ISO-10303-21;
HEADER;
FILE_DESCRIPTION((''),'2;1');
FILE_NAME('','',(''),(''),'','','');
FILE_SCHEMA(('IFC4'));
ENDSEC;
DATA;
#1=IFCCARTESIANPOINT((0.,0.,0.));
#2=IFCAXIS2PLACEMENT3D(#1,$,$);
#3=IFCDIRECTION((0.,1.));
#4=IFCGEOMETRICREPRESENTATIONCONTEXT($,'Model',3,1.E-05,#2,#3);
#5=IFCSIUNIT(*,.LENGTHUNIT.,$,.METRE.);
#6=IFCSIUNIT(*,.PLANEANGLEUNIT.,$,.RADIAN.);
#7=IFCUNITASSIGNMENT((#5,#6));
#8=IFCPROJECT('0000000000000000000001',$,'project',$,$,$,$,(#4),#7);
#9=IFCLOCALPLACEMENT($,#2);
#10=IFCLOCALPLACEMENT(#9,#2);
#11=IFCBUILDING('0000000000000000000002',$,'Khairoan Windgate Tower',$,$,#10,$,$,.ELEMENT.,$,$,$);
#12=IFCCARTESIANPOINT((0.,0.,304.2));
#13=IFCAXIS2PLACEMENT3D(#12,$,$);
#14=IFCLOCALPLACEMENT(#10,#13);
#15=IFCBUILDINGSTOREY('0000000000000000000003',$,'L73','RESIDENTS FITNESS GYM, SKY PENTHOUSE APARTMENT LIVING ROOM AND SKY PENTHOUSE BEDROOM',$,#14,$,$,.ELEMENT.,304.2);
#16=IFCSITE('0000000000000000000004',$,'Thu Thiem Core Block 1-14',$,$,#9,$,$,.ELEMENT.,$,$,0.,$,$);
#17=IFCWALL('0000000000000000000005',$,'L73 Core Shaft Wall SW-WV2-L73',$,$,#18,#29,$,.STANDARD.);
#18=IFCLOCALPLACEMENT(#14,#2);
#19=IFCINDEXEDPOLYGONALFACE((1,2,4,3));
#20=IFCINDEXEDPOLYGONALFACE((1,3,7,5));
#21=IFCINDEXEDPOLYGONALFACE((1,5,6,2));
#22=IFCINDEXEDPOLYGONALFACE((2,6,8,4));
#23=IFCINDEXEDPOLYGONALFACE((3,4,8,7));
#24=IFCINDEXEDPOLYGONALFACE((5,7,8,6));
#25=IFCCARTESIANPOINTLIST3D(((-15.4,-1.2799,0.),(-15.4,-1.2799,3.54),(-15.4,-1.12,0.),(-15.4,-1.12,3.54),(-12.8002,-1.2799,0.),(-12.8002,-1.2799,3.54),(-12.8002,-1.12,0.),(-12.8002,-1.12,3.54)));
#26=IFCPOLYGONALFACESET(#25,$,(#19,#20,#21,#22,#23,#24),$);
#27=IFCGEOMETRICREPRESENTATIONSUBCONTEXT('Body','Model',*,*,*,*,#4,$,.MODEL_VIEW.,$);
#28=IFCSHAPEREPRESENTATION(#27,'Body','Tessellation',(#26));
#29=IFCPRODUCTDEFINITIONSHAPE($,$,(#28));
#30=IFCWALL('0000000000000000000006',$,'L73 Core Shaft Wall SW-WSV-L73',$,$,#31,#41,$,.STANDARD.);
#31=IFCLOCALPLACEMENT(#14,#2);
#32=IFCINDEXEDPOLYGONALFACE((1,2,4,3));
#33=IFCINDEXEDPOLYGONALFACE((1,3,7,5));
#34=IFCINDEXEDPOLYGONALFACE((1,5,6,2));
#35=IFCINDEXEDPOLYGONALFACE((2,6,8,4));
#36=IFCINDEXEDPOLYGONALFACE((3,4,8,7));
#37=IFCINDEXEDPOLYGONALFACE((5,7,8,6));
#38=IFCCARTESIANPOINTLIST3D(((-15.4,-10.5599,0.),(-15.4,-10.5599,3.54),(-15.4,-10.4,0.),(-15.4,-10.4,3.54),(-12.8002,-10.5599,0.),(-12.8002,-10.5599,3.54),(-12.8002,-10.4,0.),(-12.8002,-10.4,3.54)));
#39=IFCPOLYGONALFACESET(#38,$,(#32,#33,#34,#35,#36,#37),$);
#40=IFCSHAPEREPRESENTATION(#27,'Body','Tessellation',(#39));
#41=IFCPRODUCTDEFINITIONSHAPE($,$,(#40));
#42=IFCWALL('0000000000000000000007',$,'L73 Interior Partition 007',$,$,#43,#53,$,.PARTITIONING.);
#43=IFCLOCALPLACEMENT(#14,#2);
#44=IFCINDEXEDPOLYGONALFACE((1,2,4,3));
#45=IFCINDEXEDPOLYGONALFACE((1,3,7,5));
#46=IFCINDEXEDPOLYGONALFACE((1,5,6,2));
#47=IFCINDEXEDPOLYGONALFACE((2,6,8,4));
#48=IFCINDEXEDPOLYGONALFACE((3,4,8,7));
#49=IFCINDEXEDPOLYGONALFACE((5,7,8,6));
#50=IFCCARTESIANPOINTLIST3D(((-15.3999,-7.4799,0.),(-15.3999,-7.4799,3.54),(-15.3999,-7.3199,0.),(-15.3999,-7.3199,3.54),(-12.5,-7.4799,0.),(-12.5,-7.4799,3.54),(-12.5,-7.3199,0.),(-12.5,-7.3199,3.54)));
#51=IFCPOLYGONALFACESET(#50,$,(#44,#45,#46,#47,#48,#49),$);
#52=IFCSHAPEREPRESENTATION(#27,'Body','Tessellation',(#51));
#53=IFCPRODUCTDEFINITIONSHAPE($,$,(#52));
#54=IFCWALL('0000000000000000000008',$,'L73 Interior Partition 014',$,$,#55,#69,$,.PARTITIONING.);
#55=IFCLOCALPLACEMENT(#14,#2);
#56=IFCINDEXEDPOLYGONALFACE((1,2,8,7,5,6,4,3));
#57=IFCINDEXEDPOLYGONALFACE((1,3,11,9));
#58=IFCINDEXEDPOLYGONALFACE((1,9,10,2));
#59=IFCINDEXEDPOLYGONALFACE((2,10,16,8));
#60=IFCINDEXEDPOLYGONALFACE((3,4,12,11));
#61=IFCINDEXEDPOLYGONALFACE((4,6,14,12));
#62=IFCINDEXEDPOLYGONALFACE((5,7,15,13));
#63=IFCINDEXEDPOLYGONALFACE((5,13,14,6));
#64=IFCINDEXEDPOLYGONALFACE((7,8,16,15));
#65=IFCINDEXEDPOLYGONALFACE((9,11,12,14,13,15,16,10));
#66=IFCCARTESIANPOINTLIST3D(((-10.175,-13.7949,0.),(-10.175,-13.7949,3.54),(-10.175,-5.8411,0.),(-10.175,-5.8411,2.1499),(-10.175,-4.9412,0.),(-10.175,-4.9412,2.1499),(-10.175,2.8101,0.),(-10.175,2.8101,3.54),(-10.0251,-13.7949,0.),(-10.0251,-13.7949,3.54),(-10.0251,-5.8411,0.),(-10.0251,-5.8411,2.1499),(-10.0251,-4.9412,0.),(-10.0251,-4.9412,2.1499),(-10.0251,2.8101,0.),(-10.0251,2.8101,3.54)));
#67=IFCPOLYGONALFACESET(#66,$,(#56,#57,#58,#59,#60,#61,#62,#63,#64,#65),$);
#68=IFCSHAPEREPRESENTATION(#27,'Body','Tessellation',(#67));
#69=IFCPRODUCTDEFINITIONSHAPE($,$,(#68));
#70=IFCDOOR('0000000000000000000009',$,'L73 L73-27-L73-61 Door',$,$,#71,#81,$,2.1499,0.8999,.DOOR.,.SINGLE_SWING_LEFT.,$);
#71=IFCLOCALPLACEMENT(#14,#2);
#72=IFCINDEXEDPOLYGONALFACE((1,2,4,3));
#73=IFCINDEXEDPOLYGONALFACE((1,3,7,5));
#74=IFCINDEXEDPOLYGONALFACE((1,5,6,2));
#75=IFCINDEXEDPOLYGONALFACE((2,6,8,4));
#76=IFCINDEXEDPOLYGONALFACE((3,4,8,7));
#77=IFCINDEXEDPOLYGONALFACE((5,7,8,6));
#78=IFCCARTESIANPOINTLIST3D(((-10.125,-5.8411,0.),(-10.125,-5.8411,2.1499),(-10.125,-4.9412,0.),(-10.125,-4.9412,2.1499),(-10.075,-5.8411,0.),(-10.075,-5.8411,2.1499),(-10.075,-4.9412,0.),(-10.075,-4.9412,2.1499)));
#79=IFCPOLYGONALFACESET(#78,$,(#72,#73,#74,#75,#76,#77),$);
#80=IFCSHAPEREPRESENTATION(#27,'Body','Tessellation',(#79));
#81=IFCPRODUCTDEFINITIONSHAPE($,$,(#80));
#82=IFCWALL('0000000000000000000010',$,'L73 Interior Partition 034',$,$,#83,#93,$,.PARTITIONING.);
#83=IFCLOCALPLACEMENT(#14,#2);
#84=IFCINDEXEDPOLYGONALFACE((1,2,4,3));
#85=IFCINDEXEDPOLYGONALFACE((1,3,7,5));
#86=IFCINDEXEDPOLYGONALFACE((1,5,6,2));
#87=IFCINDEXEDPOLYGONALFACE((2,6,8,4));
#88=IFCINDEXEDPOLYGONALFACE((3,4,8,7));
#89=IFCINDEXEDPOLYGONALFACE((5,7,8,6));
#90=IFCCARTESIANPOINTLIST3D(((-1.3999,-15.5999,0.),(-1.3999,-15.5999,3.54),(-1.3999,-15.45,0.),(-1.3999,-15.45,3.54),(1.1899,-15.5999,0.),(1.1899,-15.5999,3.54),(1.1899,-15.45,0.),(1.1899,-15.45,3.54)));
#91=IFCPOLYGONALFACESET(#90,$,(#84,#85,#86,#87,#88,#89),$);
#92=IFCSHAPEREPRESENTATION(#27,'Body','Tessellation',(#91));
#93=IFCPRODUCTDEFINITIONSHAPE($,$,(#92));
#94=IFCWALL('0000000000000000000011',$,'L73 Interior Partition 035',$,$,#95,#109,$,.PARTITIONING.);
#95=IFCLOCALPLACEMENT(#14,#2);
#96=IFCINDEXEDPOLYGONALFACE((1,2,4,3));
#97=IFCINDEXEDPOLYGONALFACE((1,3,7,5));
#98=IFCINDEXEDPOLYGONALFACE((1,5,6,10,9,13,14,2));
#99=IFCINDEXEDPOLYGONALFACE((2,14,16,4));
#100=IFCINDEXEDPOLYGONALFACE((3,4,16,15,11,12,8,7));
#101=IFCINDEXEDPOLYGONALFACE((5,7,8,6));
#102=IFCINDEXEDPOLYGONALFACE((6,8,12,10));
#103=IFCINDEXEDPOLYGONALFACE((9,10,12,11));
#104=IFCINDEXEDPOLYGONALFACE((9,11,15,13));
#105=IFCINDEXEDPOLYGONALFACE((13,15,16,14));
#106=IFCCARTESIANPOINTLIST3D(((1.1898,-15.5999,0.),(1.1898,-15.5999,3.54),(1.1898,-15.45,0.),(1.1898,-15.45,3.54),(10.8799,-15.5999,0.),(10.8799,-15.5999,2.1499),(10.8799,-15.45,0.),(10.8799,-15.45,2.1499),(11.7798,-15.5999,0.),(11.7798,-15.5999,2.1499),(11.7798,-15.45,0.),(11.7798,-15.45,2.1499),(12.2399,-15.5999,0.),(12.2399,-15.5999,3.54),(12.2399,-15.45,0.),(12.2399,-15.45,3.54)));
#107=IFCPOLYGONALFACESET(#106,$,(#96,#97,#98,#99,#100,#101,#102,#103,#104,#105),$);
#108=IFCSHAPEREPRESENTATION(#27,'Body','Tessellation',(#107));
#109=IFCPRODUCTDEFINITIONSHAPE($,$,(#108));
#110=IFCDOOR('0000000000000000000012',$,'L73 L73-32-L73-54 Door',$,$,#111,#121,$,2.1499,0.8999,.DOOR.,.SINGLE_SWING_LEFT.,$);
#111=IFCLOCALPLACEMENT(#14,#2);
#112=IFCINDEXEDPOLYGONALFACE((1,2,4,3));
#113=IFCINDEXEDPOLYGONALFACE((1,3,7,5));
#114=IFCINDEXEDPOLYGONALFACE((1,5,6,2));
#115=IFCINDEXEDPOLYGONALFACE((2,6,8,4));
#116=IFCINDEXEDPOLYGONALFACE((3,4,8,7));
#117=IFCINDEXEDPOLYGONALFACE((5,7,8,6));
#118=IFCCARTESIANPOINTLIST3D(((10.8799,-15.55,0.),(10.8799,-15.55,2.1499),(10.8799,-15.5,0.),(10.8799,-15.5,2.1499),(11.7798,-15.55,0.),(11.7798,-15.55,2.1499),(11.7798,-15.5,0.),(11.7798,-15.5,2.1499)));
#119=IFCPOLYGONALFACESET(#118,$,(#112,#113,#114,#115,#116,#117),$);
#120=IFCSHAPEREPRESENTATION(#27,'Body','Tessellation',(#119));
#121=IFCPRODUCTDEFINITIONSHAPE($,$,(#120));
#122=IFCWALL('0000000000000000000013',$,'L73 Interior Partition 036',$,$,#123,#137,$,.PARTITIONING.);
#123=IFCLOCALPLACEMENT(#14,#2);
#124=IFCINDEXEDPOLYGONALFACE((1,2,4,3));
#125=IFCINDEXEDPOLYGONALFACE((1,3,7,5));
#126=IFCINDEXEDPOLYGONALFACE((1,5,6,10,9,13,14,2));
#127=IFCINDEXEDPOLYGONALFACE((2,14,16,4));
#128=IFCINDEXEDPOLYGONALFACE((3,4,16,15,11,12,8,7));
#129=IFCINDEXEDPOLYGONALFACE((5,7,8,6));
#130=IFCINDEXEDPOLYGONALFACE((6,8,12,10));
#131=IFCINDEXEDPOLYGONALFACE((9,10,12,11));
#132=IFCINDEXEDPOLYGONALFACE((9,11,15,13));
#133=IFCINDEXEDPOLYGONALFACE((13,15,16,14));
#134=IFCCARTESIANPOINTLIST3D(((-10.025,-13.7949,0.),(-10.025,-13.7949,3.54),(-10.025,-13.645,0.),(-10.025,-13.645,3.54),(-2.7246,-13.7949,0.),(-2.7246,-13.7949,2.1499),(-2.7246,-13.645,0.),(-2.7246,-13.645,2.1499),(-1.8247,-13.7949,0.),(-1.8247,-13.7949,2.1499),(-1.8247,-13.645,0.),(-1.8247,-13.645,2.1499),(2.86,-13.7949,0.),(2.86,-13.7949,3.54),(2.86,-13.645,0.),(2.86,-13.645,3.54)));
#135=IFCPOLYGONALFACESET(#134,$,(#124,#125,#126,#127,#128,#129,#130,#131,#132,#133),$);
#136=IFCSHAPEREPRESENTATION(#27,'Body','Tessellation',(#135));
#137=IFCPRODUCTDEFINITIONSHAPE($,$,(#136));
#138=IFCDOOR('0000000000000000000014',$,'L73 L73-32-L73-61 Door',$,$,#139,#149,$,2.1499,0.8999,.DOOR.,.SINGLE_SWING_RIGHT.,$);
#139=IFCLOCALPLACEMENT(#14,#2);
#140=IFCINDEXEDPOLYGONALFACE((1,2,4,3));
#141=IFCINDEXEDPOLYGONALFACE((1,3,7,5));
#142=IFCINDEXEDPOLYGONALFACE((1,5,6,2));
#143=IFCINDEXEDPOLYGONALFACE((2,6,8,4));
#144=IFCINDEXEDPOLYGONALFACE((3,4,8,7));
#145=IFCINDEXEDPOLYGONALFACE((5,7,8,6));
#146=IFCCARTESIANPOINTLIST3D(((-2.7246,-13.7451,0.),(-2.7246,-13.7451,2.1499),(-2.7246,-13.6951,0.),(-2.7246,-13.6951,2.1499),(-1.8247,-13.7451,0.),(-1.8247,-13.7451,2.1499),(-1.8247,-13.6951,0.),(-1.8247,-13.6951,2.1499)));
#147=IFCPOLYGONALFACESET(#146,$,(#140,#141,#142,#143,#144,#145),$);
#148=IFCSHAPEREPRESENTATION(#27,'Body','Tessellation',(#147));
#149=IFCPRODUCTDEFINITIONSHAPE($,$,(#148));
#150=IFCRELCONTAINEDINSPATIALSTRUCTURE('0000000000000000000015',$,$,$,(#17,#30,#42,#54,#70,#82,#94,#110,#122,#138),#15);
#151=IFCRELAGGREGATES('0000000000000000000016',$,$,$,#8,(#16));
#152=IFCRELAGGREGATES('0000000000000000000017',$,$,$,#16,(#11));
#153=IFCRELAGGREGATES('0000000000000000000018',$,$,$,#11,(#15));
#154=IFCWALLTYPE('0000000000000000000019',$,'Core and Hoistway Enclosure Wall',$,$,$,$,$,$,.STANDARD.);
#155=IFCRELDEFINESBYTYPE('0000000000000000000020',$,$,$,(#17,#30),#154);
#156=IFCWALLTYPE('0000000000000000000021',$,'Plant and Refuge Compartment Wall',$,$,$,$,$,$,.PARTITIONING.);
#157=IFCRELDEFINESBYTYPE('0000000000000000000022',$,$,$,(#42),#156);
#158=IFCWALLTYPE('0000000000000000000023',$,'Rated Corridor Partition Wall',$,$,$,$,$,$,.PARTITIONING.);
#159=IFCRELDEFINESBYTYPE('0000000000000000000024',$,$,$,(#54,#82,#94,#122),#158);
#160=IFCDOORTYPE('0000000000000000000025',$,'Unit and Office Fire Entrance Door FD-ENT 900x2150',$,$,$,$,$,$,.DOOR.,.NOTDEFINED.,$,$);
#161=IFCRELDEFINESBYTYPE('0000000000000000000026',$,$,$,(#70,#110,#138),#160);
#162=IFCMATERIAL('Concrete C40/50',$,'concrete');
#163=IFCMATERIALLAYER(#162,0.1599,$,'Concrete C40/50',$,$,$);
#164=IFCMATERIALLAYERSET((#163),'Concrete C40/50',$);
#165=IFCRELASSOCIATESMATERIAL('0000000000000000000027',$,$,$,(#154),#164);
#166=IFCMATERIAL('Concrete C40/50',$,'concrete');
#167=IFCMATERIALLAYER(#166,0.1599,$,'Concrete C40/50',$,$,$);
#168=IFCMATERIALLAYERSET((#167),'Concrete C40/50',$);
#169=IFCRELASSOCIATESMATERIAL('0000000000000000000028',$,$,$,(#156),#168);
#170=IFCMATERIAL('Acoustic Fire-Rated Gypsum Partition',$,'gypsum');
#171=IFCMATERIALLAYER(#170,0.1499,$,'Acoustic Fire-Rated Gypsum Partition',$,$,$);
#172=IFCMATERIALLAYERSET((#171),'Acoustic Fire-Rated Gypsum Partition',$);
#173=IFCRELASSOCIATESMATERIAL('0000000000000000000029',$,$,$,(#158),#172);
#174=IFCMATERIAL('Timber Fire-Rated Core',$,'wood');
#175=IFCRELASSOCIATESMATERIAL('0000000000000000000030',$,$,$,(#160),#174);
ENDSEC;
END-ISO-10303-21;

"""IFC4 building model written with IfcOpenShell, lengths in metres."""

from ifc_helpers import new_model, si_unit, direction, frame, frame_2d, origin, place, context, subcontext, project, spatial, rectangle, extrude, material, layer, layer_set, type_object, element, fill, save


model = new_model("IFC4")

# Units and contexts
model_context = context("Model", 3, precision=1e-05, world=origin(), true_north=direction((0.0, 1.0)))
body_context = subcontext(model_context, "Body", "Model", "MODEL_VIEW")
ifc_project = project(units=[si_unit("LENGTHUNIT", "METRE"), si_unit("PLANEANGLEUNIT", "RADIAN")], contexts=[model_context])

# Site, building, storey
site_placement = place(None, origin())
site = spatial("IfcSite", under=ifc_project, at=site_placement, Name="Thu Thiem Core Block 1-14", CompositionType="ELEMENT", RefElevation=0.0)
building_placement = place(site_placement, origin())
building = spatial("IfcBuilding", under=site, at=building_placement, Name="Khairoan Windgate Tower", CompositionType="ELEMENT")
storey_placement = place(building_placement, frame((0.0, 0.0, 304.2)))
storey = spatial("IfcBuildingStorey", under=building, at=storey_placement, Name="L73", Description="RESIDENTS FITNESS GYM, SKY PENTHOUSE APARTMENT LIVING ROOM AND SKY PENTHOUSE BEDROOM", CompositionType="ELEMENT", Elevation=304.2)

# Walls
ifc_material_1 = material(Name="Concrete C40/50", Category="concrete")
ifc_layer_1 = layer(ifc_material_1, 0.1599, Name="Concrete C40/50")
ifc_layer_set_1 = layer_set([ifc_layer_1], Name="Concrete C40/50")
wall_type_1 = type_object("IfcWallType", Name="Core and Hoistway Enclosure Wall", PredefinedType="STANDARD", material=ifc_layer_set_1)
for number, where, z_axis, x_axis, name in (
    (1, (-15.3999, -1.2, 0.0), (0.0, 0.0, 1.0), (1.0, 0.0, 0.0), "L73 Core Shaft Wall SW-WV2-L73"),
    (2, (-15.3999, -10.48, 0.0), (0.0, 0.0, 1.0), (1.0, 0.0, 0.0), "L73 Core Shaft Wall SW-WSV-L73"),
):
    element("IfcWall", number, at=place(storey_placement, frame(where, z_axis=z_axis, x_axis=x_axis)), inside=storey, type_object=wall_type_1, Name=name, PredefinedType="STANDARD", context=body_context, shape_type="SweptSolid", body=[
        extrude(rectangle(XDim=2.5999, YDim=0.1599, at=frame_2d((1.2998, 0.0))), origin(), (0.0, 0.0, 1.0), 3.54),
    ])
ifc_material_2 = material(Name="Concrete C40/50", Category="concrete")
ifc_layer_2 = layer(ifc_material_2, 0.1599, Name="Concrete C40/50")
ifc_layer_set_2 = layer_set([ifc_layer_2], Name="Concrete C40/50")
wall_type_2 = type_object("IfcWallType", Name="Plant and Refuge Compartment Wall", PredefinedType="PARTITIONING", material=ifc_layer_set_2)
wall_1_placement = place(storey_placement, frame((-15.3999, -7.3999, 0.0), z_axis=(0.0, 0.0, 1.0), x_axis=(1.0, 0.0, 0.0)))
element("IfcWall", 3, at=wall_1_placement, inside=storey, type_object=wall_type_2, Name="L73 Interior Partition 007", PredefinedType="PARTITIONING", context=body_context, shape_type="SweptSolid", body=[
    extrude(rectangle(XDim=2.8999, YDim=0.1599, at=frame_2d((1.45, 0.0))), origin(), (0.0, 0.0, 1.0), 3.54),
])

# Wall, opening, door
ifc_material_3 = material(Name="Acoustic Fire-Rated Gypsum Partition", Category="gypsum")
ifc_layer_3 = layer(ifc_material_3, 0.1499, Name="Acoustic Fire-Rated Gypsum Partition")
ifc_layer_set_3 = layer_set([ifc_layer_3], Name="Acoustic Fire-Rated Gypsum Partition")
wall_type_3 = type_object("IfcWallType", Name="Rated Corridor Partition Wall", PredefinedType="PARTITIONING", material=ifc_layer_set_3)
wall_2_placement = place(storey_placement, frame((-10.1001, -13.7949, 0.0), z_axis=(0.0, 0.0, 1.0), x_axis=(0.0, 1.0, 0.0)))
wall_2 = element("IfcWall", 4, at=wall_2_placement, inside=storey, type_object=wall_type_3, Name="L73 Interior Partition 014", PredefinedType="PARTITIONING", context=body_context, shape_type="SweptSolid", body=[
    extrude(rectangle(XDim=16.605, YDim=0.1499, at=frame_2d((8.3025, 0.0))), origin(), (0.0, 0.0, 1.0), 3.54),
])
opening_1_placement = place(wall_2_placement, frame((7.9539, 0.0, 0.0)))
opening_1 = element("IfcOpeningElement", 5, at=opening_1_placement, cuts=wall_2, PredefinedType="OPENING", context=body_context, shape_type="SweptSolid", body=[
    extrude(rectangle(XDim=0.8999, YDim=2.1499, at=frame_2d((0.45, 1.075))), frame((0.0, 0.085, 0.0), z_axis=(0.0, -1.0, 0.0), x_axis=(1.0, 0.0, 0.0)), (0.0, 0.0, 1.0), 0.1699),
])
ifc_material_4 = material(Name="Timber Fire-Rated Core", Category="wood")
door_type_1 = type_object("IfcDoorType", Name="Unit and Office Fire Entrance Door FD-ENT 900x2150", OperationType="NOTDEFINED", PredefinedType="DOOR", material=ifc_material_4)
door_1_placement = place(opening_1_placement, origin())
door_1 = element("IfcDoor", 6, at=door_1_placement, inside=storey, type_object=door_type_1, Name="L73 L73-27-L73-61 Door", OperationType="SINGLE_SWING_LEFT", OverallHeight=2.1499, OverallWidth=0.8999, PredefinedType="DOOR", context=body_context, shape_type="SweptSolid", body=[
    extrude(rectangle(XDim=0.8999, YDim=2.1499, at=frame_2d((0.45, 1.075))), frame((0.0, 0.0249, 0.0), z_axis=(0.0, -1.0, 0.0), x_axis=(1.0, 0.0, 0.0)), (0.0, 0.0, 1.0), 0.05),
])
fill(opening_1, door_1)

# Wall
wall_3_placement = place(storey_placement, frame((-1.3999, -15.5249, 0.0), z_axis=(0.0, 0.0, 1.0), x_axis=(1.0, 0.0, 0.0)))
element("IfcWall", 7, at=wall_3_placement, inside=storey, type_object=wall_type_3, Name="L73 Interior Partition 034", PredefinedType="PARTITIONING", context=body_context, shape_type="SweptSolid", body=[
    extrude(rectangle(XDim=2.5898, YDim=0.1499, at=frame_2d((1.2949, 0.0))), origin(), (0.0, 0.0, 1.0), 3.54),
])

# Walls, openings, doors
wall_4_placement = place(storey_placement, frame((1.1899, -15.5249, 0.0), z_axis=(0.0, 0.0, 1.0), x_axis=(1.0, 0.0, 0.0)))
wall_4 = element("IfcWall", 8, at=wall_4_placement, inside=storey, type_object=wall_type_3, Name="L73 Interior Partition 035", PredefinedType="PARTITIONING", context=body_context, shape_type="SweptSolid", body=[
    extrude(rectangle(XDim=11.05, YDim=0.1499, at=frame_2d((5.5249, 0.0))), origin(), (0.0, 0.0, 1.0), 3.54),
])
opening_2_placement = place(wall_4_placement, frame((9.6899, 0.0, 0.0)))
opening_2 = element("IfcOpeningElement", 9, at=opening_2_placement, cuts=wall_4, PredefinedType="OPENING", context=body_context, shape_type="SweptSolid", body=[
    extrude(rectangle(XDim=0.8999, YDim=2.1499, at=frame_2d((0.45, 1.075))), frame((0.0, 0.085, 0.0), z_axis=(0.0, -1.0, 0.0), x_axis=(1.0, 0.0, 0.0)), (0.0, 0.0, 1.0), 0.1699),
])
door_2_placement = place(opening_2_placement, origin())
door_2 = element("IfcDoor", 10, at=door_2_placement, inside=storey, type_object=door_type_1, Name="L73 L73-32-L73-54 Door", OperationType="SINGLE_SWING_LEFT", OverallHeight=2.1499, OverallWidth=0.8999, PredefinedType="DOOR", context=body_context, shape_type="SweptSolid", body=[
    extrude(rectangle(XDim=0.8999, YDim=2.1499, at=frame_2d((0.45, 1.075))), frame((0.0, 0.0249, 0.0), z_axis=(0.0, -1.0, 0.0), x_axis=(1.0, 0.0, 0.0)), (0.0, 0.0, 1.0), 0.05),
])
fill(opening_2, door_2)
wall_5_placement = place(storey_placement, frame((-10.0249, -13.72, 0.0), z_axis=(0.0, 0.0, 1.0), x_axis=(1.0, 0.0, 0.0)))
wall_5 = element("IfcWall", 11, at=wall_5_placement, inside=storey, type_object=wall_type_3, Name="L73 Interior Partition 036", PredefinedType="PARTITIONING", context=body_context, shape_type="SweptSolid", body=[
    extrude(rectangle(XDim=12.885, YDim=0.1499, at=frame_2d((6.4424, 0.0))), origin(), (0.0, 0.0, 1.0), 3.54),
])
opening_3_placement = place(wall_5_placement, frame((7.3003, 0.0, 0.0)))
opening_3 = element("IfcOpeningElement", 12, at=opening_3_placement, cuts=wall_5, PredefinedType="OPENING", context=body_context, shape_type="SweptSolid", body=[
    extrude(rectangle(XDim=0.8999, YDim=2.1499, at=frame_2d((0.45, 1.075))), frame((0.0, 0.085, 0.0), z_axis=(0.0, -1.0, 0.0), x_axis=(1.0, 0.0, 0.0)), (0.0, 0.0, 1.0), 0.1699),
])
door_3_placement = place(opening_3_placement, origin())
door_3 = element("IfcDoor", 13, at=door_3_placement, inside=storey, type_object=door_type_1, Name="L73 L73-32-L73-61 Door", OperationType="SINGLE_SWING_RIGHT", OverallHeight=2.1499, OverallWidth=0.8999, PredefinedType="DOOR", context=body_context, shape_type="SweptSolid", body=[
    extrude(rectangle(XDim=0.8999, YDim=2.1499, at=frame_2d((0.45, 1.075))), frame((0.0, 0.0249, 0.0), z_axis=(0.0, -1.0, 0.0), x_axis=(1.0, 0.0, 0.0)), (0.0, 0.0, 1.0), 0.05),
])
fill(opening_3, door_3)

save(model, "model.ifc")
